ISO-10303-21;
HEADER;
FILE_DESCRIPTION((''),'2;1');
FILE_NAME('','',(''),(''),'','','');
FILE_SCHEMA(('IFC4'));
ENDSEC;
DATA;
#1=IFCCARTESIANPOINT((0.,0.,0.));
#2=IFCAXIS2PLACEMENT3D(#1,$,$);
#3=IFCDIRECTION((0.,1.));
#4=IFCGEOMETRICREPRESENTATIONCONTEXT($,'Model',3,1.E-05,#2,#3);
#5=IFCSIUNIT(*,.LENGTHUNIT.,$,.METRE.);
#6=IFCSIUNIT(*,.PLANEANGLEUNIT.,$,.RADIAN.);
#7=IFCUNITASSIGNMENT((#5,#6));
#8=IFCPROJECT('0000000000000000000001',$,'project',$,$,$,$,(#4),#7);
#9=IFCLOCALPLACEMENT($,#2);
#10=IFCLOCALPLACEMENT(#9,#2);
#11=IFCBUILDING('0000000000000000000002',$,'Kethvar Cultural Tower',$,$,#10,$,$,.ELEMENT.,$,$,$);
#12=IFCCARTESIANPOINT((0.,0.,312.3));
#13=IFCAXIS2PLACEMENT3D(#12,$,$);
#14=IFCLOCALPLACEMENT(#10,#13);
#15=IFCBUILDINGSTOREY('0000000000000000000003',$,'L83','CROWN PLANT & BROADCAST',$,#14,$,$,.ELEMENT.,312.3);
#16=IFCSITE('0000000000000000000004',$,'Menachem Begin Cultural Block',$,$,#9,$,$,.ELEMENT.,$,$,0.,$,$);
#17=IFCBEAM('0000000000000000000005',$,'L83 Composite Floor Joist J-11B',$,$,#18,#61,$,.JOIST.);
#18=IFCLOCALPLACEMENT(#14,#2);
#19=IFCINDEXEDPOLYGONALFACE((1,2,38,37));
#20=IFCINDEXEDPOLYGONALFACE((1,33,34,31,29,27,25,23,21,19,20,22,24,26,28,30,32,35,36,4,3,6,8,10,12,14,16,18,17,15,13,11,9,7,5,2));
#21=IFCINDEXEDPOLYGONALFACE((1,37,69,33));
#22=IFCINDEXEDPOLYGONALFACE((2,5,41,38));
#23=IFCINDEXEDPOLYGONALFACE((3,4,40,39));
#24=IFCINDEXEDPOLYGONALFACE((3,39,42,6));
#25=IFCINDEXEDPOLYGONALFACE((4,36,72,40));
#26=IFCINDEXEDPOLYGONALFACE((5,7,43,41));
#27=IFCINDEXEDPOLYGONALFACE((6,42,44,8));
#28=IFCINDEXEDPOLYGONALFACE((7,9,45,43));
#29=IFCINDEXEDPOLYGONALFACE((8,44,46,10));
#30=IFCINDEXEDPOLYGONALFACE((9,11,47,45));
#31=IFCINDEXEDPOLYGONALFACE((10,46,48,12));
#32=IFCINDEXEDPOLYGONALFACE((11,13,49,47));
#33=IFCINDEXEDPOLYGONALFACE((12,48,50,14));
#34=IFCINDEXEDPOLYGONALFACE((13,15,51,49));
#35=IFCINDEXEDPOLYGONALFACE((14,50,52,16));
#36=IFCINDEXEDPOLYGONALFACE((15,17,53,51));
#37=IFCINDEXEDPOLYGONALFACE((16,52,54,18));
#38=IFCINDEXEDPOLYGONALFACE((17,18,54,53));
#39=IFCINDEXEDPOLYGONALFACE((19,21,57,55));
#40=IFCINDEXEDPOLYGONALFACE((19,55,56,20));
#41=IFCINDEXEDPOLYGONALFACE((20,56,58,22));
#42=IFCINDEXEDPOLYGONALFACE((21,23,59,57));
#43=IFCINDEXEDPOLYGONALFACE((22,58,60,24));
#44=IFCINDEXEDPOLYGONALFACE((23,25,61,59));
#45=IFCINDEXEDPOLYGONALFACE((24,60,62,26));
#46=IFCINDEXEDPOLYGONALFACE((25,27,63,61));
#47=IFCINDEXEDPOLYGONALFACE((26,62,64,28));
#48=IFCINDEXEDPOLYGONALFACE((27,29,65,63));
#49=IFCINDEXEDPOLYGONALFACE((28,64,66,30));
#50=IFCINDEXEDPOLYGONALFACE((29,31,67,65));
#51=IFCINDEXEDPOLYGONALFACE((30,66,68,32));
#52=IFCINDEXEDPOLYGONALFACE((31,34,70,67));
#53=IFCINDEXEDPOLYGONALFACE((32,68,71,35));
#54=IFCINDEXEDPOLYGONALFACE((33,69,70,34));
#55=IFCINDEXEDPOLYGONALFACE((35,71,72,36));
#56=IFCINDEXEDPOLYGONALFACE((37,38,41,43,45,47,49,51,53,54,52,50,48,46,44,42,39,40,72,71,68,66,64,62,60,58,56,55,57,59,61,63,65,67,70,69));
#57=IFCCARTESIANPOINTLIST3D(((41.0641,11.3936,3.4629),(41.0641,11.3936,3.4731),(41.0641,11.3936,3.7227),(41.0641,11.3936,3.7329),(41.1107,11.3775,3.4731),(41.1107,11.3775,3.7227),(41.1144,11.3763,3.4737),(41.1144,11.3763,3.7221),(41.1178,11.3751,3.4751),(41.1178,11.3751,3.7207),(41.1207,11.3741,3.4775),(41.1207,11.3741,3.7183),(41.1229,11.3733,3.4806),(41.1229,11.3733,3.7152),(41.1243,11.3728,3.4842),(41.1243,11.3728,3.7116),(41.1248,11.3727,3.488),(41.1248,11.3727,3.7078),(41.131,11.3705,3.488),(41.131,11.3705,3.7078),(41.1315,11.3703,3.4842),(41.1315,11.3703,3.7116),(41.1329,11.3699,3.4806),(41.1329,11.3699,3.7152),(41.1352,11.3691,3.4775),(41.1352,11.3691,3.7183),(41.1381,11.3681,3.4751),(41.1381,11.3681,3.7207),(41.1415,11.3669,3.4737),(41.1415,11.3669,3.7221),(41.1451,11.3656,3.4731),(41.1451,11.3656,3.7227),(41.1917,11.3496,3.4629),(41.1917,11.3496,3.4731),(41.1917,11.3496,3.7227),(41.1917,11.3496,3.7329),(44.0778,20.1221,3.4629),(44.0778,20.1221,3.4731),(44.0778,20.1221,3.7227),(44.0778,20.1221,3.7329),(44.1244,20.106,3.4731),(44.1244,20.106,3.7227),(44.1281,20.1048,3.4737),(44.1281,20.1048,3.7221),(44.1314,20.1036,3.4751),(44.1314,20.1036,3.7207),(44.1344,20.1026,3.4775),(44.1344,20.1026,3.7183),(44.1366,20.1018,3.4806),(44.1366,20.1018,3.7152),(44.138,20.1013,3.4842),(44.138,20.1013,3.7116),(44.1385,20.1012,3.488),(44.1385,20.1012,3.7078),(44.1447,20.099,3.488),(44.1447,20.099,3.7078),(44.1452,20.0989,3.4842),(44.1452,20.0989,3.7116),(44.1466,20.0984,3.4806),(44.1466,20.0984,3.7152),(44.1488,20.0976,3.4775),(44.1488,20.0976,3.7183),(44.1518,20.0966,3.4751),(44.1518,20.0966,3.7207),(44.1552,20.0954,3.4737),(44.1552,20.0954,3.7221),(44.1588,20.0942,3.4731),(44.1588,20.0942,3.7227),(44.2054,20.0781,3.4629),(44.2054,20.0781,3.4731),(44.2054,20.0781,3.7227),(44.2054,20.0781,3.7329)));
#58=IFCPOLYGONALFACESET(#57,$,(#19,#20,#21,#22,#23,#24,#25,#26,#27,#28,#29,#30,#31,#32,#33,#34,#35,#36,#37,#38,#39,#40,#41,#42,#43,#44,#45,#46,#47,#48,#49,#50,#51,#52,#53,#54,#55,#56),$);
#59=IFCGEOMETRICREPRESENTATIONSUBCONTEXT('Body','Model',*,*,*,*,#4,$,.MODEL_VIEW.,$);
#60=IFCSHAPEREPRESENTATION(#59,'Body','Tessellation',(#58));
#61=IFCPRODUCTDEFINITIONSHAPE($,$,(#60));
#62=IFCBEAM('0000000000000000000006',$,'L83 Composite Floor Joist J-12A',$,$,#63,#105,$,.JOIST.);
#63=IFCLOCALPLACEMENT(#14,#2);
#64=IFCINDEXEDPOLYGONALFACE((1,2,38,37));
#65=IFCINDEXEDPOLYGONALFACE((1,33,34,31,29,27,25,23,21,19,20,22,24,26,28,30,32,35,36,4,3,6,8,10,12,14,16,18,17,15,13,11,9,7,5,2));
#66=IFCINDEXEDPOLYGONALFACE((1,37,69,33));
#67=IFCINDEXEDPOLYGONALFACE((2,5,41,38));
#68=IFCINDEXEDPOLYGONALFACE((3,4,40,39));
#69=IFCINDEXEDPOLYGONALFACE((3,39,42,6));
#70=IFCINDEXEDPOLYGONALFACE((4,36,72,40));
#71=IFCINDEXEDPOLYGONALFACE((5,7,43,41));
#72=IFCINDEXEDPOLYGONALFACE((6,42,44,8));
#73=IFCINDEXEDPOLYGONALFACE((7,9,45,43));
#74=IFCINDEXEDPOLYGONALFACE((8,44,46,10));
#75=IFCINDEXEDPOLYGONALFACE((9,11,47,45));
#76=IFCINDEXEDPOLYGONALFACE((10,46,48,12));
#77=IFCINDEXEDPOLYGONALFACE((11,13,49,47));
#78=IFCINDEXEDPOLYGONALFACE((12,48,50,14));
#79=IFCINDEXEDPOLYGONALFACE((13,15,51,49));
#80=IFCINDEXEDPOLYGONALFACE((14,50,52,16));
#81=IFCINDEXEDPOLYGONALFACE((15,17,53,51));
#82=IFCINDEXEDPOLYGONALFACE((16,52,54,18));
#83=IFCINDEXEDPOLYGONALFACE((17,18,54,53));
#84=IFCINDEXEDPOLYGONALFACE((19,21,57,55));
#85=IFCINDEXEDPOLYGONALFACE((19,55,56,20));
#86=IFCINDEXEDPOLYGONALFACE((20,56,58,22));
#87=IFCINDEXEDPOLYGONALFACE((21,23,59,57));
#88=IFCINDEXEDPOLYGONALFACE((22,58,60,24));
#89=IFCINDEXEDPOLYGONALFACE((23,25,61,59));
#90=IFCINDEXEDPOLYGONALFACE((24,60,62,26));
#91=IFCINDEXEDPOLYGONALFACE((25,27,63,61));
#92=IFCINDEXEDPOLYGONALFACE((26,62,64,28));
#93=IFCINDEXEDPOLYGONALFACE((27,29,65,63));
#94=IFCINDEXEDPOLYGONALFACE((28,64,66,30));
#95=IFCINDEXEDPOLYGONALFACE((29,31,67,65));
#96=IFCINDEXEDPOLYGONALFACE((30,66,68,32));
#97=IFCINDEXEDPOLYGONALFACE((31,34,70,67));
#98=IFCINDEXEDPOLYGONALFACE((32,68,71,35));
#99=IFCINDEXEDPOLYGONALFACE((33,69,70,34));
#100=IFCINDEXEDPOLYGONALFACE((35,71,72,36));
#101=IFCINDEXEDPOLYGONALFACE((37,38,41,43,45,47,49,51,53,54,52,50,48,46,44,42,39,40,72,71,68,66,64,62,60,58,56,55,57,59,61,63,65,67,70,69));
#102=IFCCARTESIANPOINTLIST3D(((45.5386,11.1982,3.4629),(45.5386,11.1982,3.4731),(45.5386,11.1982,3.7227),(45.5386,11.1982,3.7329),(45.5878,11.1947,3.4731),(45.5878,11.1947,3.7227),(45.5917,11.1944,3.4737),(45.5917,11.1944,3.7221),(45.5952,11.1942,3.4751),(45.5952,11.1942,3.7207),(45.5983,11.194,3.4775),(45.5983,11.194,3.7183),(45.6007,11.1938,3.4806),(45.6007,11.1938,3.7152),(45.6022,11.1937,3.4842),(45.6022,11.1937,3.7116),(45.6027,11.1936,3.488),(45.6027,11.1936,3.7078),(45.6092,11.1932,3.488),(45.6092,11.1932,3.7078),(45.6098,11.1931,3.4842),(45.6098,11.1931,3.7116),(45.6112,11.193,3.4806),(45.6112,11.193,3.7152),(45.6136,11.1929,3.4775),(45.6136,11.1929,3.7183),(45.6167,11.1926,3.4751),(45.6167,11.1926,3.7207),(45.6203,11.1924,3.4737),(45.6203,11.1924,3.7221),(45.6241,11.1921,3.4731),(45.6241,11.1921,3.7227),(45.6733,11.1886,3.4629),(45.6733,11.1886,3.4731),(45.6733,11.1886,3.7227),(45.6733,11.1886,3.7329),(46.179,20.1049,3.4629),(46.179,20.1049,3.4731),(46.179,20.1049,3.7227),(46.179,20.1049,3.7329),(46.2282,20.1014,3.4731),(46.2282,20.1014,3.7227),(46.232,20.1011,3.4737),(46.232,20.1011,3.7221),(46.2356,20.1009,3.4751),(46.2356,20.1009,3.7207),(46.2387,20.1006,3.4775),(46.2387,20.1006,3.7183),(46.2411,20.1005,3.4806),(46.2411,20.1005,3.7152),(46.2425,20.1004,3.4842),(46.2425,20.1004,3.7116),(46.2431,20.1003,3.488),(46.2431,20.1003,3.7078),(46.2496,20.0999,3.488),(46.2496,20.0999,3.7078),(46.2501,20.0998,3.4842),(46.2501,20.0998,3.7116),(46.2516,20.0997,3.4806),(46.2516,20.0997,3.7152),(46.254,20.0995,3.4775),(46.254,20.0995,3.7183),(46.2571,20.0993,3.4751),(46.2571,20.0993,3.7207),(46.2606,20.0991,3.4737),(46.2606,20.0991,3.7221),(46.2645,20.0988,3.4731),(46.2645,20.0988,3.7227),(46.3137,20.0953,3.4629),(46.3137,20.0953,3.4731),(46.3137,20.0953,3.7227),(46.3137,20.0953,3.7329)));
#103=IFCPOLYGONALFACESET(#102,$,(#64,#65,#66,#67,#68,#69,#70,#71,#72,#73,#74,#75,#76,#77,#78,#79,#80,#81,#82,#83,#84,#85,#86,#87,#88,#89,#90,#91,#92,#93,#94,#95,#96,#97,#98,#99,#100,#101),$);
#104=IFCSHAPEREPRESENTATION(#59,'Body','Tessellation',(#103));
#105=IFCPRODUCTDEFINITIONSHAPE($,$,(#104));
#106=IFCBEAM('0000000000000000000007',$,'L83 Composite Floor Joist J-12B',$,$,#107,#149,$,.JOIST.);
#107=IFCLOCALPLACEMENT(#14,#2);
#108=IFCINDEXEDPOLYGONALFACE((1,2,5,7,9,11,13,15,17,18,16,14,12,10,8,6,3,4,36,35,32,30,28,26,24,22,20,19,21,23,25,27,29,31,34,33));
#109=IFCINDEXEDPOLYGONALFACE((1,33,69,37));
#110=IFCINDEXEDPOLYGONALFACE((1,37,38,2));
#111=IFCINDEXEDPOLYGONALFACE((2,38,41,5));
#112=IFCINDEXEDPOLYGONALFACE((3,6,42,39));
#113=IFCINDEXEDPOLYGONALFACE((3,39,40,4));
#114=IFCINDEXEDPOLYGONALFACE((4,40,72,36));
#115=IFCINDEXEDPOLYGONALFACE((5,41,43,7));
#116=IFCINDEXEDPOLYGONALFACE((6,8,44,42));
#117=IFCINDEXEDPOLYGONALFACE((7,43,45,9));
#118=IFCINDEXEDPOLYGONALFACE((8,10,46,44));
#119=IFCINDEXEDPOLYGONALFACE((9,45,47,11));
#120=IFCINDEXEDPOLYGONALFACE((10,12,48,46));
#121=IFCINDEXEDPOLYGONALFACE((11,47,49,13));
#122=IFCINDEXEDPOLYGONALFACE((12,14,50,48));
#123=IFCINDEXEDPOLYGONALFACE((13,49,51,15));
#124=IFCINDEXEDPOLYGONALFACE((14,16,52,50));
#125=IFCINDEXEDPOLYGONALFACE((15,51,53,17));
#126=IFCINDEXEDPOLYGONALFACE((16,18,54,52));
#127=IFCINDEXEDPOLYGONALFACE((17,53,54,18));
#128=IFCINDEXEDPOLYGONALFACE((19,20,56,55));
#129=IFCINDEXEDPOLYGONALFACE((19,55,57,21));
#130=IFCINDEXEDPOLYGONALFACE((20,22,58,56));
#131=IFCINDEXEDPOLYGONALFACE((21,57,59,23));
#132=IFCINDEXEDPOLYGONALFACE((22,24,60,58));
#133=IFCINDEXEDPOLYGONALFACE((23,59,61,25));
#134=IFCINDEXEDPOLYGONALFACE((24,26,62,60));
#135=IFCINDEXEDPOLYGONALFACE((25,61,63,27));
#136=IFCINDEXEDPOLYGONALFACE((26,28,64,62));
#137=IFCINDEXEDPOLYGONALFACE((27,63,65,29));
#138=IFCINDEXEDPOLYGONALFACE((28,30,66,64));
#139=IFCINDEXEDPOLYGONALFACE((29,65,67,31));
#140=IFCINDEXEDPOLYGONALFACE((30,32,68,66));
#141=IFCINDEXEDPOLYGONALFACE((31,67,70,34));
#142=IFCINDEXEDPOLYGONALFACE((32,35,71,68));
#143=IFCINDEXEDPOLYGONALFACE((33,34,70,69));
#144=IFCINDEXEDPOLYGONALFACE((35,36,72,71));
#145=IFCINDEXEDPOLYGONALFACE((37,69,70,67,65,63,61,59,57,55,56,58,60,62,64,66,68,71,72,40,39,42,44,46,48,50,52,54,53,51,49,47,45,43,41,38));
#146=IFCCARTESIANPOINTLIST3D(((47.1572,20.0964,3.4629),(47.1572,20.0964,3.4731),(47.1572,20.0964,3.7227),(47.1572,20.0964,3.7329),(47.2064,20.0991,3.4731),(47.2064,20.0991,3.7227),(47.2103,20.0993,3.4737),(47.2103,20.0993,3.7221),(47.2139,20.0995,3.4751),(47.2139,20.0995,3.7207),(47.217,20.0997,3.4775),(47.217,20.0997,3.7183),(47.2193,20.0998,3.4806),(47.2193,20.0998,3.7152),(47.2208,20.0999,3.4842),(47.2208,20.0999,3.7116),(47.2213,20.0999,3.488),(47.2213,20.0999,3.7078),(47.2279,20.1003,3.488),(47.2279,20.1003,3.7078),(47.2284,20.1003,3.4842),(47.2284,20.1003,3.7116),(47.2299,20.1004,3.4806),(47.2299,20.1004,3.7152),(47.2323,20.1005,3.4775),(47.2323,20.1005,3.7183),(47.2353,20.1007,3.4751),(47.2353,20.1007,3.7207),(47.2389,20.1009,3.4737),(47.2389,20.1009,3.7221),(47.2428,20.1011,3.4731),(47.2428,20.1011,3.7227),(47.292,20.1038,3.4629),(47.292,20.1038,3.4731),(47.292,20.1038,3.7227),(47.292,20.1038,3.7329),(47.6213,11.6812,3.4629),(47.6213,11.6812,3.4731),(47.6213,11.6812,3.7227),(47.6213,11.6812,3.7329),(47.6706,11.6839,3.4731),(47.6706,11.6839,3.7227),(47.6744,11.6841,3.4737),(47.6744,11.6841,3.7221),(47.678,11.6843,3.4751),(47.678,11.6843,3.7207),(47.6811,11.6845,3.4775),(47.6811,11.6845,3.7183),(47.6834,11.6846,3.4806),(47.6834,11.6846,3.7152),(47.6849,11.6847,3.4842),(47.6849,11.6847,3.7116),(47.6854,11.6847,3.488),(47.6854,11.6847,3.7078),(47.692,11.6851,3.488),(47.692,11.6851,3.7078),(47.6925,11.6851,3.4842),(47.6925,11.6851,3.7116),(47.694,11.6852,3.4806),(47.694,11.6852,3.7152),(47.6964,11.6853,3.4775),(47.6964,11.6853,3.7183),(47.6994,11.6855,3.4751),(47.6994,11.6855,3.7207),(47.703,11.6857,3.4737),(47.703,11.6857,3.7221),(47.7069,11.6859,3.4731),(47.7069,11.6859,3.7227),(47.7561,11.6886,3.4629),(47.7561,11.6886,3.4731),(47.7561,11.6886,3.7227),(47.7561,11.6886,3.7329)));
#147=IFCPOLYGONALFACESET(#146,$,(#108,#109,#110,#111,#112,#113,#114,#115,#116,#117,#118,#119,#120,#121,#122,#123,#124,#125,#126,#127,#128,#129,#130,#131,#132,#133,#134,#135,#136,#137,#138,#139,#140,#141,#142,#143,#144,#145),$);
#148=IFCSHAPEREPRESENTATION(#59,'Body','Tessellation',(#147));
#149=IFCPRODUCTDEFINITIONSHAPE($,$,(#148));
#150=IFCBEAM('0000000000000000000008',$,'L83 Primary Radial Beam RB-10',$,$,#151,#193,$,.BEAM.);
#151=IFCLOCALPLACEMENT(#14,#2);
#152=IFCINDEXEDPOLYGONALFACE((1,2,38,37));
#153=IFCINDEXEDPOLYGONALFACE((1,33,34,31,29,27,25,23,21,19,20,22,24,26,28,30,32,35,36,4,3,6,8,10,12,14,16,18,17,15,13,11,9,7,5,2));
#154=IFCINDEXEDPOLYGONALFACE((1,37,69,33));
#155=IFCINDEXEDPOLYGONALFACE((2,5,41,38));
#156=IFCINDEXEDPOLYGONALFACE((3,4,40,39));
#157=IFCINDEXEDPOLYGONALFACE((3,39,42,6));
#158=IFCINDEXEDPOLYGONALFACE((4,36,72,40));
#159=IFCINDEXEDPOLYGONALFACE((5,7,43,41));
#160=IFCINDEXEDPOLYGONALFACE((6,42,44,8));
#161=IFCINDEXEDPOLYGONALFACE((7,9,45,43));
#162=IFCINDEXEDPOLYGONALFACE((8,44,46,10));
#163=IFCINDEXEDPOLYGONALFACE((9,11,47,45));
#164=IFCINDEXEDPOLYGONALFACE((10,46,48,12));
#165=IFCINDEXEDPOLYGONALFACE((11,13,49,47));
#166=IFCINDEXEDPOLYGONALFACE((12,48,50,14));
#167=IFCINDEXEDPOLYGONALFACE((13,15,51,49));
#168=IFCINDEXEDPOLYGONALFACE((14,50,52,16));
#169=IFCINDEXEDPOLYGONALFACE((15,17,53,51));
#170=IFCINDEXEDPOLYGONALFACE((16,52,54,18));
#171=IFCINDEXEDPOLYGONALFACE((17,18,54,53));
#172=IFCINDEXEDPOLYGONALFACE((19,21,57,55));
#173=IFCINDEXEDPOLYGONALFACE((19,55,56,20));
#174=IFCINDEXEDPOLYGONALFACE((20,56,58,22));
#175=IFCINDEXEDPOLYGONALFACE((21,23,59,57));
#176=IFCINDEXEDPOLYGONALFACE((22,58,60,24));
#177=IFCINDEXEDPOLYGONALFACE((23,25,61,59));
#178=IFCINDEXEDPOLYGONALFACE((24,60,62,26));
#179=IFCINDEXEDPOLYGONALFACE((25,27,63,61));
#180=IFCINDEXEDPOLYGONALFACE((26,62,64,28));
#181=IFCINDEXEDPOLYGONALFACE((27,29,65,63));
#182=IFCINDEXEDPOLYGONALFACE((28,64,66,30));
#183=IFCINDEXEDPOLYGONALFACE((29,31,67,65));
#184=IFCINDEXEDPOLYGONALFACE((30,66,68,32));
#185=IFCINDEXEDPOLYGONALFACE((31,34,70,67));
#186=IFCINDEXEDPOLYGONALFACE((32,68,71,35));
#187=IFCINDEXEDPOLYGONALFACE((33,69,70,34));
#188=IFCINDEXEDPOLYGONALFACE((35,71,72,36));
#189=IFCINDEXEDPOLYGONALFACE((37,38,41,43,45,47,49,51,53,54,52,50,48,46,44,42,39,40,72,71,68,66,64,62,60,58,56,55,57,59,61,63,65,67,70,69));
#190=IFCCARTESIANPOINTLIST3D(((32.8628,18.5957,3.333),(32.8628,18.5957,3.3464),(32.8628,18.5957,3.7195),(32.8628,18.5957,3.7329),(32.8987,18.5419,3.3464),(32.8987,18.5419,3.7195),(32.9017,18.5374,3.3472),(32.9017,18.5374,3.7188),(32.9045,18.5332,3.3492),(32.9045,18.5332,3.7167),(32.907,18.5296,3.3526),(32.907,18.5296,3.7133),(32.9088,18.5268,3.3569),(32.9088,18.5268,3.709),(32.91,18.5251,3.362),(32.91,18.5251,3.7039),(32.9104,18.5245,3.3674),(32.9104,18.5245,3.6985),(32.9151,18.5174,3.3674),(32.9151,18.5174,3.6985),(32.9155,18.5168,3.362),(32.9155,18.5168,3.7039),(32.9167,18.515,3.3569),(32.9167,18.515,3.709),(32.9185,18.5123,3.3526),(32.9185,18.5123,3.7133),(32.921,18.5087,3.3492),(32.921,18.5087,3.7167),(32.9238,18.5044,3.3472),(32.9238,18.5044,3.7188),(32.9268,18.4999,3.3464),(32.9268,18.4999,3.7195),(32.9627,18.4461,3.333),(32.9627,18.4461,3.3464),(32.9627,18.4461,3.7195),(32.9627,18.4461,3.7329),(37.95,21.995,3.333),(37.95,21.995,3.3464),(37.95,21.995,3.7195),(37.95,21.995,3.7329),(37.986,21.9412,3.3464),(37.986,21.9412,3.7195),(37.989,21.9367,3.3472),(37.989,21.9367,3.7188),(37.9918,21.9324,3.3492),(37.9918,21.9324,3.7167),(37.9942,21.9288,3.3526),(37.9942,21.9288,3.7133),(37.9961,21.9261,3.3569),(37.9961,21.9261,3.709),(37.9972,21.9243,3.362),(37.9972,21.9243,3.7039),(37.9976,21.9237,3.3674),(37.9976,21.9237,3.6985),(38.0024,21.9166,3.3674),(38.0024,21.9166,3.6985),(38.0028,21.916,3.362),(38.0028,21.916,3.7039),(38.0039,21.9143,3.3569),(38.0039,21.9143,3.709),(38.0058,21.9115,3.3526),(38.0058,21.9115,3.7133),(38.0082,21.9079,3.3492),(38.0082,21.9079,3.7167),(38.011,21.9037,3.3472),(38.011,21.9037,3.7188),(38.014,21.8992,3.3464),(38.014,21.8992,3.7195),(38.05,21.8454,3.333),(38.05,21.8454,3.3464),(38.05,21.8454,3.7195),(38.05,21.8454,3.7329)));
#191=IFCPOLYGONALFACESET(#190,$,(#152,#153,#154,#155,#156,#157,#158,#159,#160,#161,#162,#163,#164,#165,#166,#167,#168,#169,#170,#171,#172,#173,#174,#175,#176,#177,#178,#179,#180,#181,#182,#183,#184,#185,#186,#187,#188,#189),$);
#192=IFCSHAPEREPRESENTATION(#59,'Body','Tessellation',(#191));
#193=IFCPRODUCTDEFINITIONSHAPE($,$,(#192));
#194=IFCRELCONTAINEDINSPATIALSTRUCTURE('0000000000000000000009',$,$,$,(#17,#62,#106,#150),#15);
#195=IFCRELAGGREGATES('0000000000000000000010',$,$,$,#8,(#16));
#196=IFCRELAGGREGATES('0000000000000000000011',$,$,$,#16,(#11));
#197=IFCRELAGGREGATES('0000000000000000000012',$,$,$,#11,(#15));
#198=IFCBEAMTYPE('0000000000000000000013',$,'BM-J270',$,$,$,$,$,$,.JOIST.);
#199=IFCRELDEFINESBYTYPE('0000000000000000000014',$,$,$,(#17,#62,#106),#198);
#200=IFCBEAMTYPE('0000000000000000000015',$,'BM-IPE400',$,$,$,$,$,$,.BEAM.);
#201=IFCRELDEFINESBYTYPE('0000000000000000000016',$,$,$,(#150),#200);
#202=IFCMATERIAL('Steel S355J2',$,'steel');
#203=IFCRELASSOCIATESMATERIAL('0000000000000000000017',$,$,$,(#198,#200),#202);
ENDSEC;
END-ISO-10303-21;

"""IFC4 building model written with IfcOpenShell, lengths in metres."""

from ifc_helpers import new_model, si_unit, direction, frame, origin, origin_2d, place, context, subcontext, project, spatial, i_section, extrude, source, transform, mapped, material, material_profile, profile_set, type_object, element, save


model = new_model("IFC4")

# Units and contexts
model_context = context("Model", 3, precision=1e-05, world=origin(), true_north=direction((0.0, 1.0)))
body_context = subcontext(model_context, "Body", "Model", "MODEL_VIEW")
ifc_project = project(units=[si_unit("LENGTHUNIT", "METRE"), si_unit("PLANEANGLEUNIT", "RADIAN")], contexts=[model_context])

# Site, building, storey
site_placement = place(None, origin())
site = spatial("IfcSite", under=ifc_project, at=site_placement, Name="Menachem Begin Cultural Block", CompositionType="ELEMENT", RefElevation=0.0)
building_placement = place(site_placement, origin())
building = spatial("IfcBuilding", under=site, at=building_placement, Name="Kethvar Cultural Tower", CompositionType="ELEMENT")
storey_placement = place(building_placement, frame((0.0, 0.0, 312.3)))
storey = spatial("IfcBuildingStorey", under=building, at=storey_placement, Name="L83", Description="CROWN PLANT & BROADCAST", CompositionType="ELEMENT", Elevation=312.3)

# Beams
ifc_material_1 = material(Name="Steel S355J2", Category="steel")
ifc_material_profile_1 = material_profile(ifc_material_1, i_section(OverallWidth=0.135, OverallDepth=0.27, WebThickness=0.0066, FlangeThickness=0.0103, FilletRadius=0.0149, at=origin_2d()), Name="Steel S355J2 — IPE270")
ifc_profile_set_1 = profile_set([ifc_material_profile_1], Name="Steel S355J2 — IPE270")
beam_type_1 = type_object("IfcBeamType", Name="BM-J270", PredefinedType="JOIST", material=ifc_profile_set_1)
shared_shape_1 = source(origin(), body_context, "Body", "SweptSolid", [
    extrude(i_section(OverallWidth=0.135, OverallDepth=0.27, WebThickness=0.0066, FlangeThickness=0.0103, FilletRadius=0.0149, at=origin_2d()), origin(), (0.0, 0.0, 1.0), 9.2341),
])
beam_1_placement = place(storey_placement, frame((44.1416, 20.1001, 3.5979), z_axis=(-0.326362, -0.945245, 0.0), x_axis=(0.945245, -0.326362, 0.0)))
element("IfcBeam", 1, at=beam_1_placement, inside=storey, type_object=beam_type_1, Name="L83 Composite Floor Joist J-11B", PredefinedType="JOIST", context=body_context, shape_type="MappedRepresentation", body=[
    mapped(shared_shape_1, transform((0.0, 0.0, 0.0), scale=1.0)),
])
shared_shape_2 = source(origin(), body_context, "Body", "SweptSolid", [
    extrude(i_section(OverallWidth=0.135, OverallDepth=0.27, WebThickness=0.0066, FlangeThickness=0.0103, FilletRadius=0.0149, at=origin_2d()), origin(), (0.0, 0.0, 1.0), 8.9297),
])
beam_2_placement = place(storey_placement, frame((46.2463, 20.1001, 3.5979), z_axis=(-0.071713, -0.997425, 0.0), x_axis=(0.997425, -0.071713, 0.0)))
element("IfcBeam", 2, at=beam_2_placement, inside=storey, type_object=beam_type_1, Name="L83 Composite Floor Joist J-12A", PredefinedType="JOIST", context=body_context, shape_type="MappedRepresentation", body=[
    mapped(shared_shape_2, transform((0.0, 0.0, 0.0), scale=1.0)),
])
shared_shape_3 = source(origin(), body_context, "Body", "SweptSolid", [
    extrude(i_section(OverallWidth=0.135, OverallDepth=0.27, WebThickness=0.0066, FlangeThickness=0.0103, FilletRadius=0.0149, at=origin_2d()), origin(), (0.0, 0.0, 1.0), 8.428),
])
beam_3_placement = place(storey_placement, frame((47.2246, 20.1001, 3.5979), z_axis=(0.055067, -0.998483, 0.0), x_axis=(0.998483, 0.055067, 0.0)))
element("IfcBeam", 3, at=beam_3_placement, inside=storey, type_object=beam_type_1, Name="L83 Composite Floor Joist J-12B", PredefinedType="JOIST", context=body_context, shape_type="MappedRepresentation", body=[
    mapped(shared_shape_3, transform((0.0, 0.0, 0.0), scale=1.0)),
])
ifc_material_profile_2 = material_profile(ifc_material_1, i_section(OverallWidth=0.1799, OverallDepth=0.3999, WebThickness=0.0085, FlangeThickness=0.0134, FilletRadius=0.021, at=origin_2d()), Name="Steel S355J2 — IPE400")
ifc_profile_set_2 = profile_set([ifc_material_profile_2], Name="Steel S355J2 — IPE400")
beam_type_2 = type_object("IfcBeamType", Name="BM-IPE400", PredefinedType="BEAM", material=ifc_profile_set_2)
shared_shape_4 = source(origin(), body_context, "Body", "SweptSolid", [
    extrude(i_section(OverallWidth=0.1799, OverallDepth=0.3999, WebThickness=0.0085, FlangeThickness=0.0134, FilletRadius=0.021, at=origin_2d()), origin(), (0.0, 0.0, 1.0), 6.1184),
])
beam_4_placement = place(storey_placement, frame((38.0, 21.9202, 3.533), z_axis=(-0.831467, -0.555575, 0.0), x_axis=(0.555575, -0.831467, 0.0)))
element("IfcBeam", 4, at=beam_4_placement, inside=storey, type_object=beam_type_2, Name="L83 Primary Radial Beam RB-10", PredefinedType="BEAM", context=body_context, shape_type="MappedRepresentation", body=[
    mapped(shared_shape_4, transform((0.0, 0.0, 0.0), scale=1.0)),
])

save(model, "model.ifc")
